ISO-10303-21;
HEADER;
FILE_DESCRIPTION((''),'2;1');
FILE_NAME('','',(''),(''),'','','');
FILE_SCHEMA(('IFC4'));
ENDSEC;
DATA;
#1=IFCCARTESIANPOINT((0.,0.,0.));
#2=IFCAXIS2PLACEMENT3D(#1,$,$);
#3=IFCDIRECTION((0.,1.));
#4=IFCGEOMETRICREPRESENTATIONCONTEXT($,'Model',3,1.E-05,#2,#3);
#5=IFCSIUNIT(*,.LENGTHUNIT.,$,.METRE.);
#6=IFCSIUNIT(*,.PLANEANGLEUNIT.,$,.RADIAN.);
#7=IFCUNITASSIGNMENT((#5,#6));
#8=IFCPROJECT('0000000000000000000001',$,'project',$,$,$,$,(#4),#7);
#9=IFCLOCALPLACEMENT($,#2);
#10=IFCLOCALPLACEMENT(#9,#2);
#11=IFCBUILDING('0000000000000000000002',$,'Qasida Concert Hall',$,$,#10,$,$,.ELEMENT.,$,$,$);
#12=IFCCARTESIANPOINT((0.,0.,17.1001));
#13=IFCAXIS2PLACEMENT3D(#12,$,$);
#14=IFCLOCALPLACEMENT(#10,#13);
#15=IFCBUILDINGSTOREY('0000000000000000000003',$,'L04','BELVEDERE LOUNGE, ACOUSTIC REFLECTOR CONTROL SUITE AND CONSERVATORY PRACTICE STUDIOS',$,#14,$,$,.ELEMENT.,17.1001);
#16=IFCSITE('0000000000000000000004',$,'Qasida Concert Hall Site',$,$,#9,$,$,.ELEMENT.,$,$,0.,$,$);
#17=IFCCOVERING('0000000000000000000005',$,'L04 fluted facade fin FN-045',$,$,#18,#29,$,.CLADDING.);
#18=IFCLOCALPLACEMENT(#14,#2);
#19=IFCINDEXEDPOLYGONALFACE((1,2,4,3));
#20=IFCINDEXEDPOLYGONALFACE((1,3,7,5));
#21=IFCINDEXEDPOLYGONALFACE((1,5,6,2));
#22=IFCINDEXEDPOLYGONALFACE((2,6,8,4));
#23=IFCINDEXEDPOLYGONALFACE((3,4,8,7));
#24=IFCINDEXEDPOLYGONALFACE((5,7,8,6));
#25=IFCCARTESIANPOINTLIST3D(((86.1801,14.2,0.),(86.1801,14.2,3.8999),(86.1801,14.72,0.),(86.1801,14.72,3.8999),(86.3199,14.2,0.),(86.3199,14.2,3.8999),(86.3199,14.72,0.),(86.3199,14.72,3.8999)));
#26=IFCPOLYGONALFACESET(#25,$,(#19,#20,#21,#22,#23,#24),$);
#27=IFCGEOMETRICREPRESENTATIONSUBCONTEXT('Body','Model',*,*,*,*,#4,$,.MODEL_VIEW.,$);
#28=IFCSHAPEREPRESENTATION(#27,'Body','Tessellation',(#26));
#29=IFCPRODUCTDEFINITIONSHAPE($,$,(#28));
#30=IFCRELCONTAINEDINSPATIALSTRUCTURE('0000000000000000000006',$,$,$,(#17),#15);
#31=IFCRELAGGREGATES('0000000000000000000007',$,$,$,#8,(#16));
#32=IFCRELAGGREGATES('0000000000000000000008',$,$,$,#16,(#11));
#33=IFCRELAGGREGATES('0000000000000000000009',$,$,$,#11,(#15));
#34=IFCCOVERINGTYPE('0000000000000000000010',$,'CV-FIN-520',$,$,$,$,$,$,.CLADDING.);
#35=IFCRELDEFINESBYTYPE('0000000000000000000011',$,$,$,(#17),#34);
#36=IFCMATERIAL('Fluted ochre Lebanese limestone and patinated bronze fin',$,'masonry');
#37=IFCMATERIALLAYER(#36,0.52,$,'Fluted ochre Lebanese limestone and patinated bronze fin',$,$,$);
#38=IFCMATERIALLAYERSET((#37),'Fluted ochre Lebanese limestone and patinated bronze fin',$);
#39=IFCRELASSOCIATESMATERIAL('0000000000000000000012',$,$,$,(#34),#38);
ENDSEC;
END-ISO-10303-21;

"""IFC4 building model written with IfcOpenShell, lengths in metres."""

from ifc_helpers import new_model, si_unit, direction, frame, origin, origin_2d, place, context, subcontext, project, spatial, rectangle, extrude, material, layer, layer_set, type_object, element, save


model = new_model("IFC4")

# Units and contexts
model_context = context("Model", 3, precision=1e-05, world=origin(), true_north=direction((0.0, 1.0)))
body_context = subcontext(model_context, "Body", "Model", "MODEL_VIEW")
ifc_project = project(units=[si_unit("LENGTHUNIT", "METRE"), si_unit("PLANEANGLEUNIT", "RADIAN")], contexts=[model_context])

# Site, building, storey
site_placement = place(None, origin())
site = spatial("IfcSite", under=ifc_project, at=site_placement, Name="Qasida Concert Hall Site", CompositionType="ELEMENT", RefElevation=0.0)
building_placement = place(site_placement, origin())
building = spatial("IfcBuilding", under=site, at=building_placement, Name="Qasida Concert Hall", CompositionType="ELEMENT")
storey_placement = place(building_placement, frame((0.0, 0.0, 17.1001)))
storey = spatial("IfcBuildingStorey", under=building, at=storey_placement, Name="L04", Description="BELVEDERE LOUNGE, ACOUSTIC REFLECTOR CONTROL SUITE AND CONSERVATORY PRACTICE STUDIOS", CompositionType="ELEMENT", Elevation=17.1001)

# Covering
ifc_material_1 = material(Name="Fluted ochre Lebanese limestone and patinated bronze fin", Category="masonry")
ifc_layer_1 = layer(ifc_material_1, 0.52, Name="Fluted ochre Lebanese limestone and patinated bronze fin")
ifc_layer_set_1 = layer_set([ifc_layer_1], Name="Fluted ochre Lebanese limestone and patinated bronze fin")
covering_type = type_object("IfcCoveringType", Name="CV-FIN-520", PredefinedType="CLADDING", material=ifc_layer_set_1)
for number, where, z_axis, x_axis, name in (
    (1, (86.25, 14.46, 0.0), (0.0, 0.0, 1.0), (1.0, 0.0, 0.0), "L04 fluted facade fin FN-045"),
):
    element("IfcCovering", number, at=place(storey_placement, frame(where, z_axis=z_axis, x_axis=x_axis)), inside=storey, type_object=covering_type, Name=name, PredefinedType="CLADDING", context=body_context, shape_type="SweptSolid", body=[
        extrude(rectangle(XDim=0.1399, YDim=0.52, at=origin_2d()), origin(), (0.0, 0.0, 1.0), 3.8999),
    ])

save(model, "model.ifc")
